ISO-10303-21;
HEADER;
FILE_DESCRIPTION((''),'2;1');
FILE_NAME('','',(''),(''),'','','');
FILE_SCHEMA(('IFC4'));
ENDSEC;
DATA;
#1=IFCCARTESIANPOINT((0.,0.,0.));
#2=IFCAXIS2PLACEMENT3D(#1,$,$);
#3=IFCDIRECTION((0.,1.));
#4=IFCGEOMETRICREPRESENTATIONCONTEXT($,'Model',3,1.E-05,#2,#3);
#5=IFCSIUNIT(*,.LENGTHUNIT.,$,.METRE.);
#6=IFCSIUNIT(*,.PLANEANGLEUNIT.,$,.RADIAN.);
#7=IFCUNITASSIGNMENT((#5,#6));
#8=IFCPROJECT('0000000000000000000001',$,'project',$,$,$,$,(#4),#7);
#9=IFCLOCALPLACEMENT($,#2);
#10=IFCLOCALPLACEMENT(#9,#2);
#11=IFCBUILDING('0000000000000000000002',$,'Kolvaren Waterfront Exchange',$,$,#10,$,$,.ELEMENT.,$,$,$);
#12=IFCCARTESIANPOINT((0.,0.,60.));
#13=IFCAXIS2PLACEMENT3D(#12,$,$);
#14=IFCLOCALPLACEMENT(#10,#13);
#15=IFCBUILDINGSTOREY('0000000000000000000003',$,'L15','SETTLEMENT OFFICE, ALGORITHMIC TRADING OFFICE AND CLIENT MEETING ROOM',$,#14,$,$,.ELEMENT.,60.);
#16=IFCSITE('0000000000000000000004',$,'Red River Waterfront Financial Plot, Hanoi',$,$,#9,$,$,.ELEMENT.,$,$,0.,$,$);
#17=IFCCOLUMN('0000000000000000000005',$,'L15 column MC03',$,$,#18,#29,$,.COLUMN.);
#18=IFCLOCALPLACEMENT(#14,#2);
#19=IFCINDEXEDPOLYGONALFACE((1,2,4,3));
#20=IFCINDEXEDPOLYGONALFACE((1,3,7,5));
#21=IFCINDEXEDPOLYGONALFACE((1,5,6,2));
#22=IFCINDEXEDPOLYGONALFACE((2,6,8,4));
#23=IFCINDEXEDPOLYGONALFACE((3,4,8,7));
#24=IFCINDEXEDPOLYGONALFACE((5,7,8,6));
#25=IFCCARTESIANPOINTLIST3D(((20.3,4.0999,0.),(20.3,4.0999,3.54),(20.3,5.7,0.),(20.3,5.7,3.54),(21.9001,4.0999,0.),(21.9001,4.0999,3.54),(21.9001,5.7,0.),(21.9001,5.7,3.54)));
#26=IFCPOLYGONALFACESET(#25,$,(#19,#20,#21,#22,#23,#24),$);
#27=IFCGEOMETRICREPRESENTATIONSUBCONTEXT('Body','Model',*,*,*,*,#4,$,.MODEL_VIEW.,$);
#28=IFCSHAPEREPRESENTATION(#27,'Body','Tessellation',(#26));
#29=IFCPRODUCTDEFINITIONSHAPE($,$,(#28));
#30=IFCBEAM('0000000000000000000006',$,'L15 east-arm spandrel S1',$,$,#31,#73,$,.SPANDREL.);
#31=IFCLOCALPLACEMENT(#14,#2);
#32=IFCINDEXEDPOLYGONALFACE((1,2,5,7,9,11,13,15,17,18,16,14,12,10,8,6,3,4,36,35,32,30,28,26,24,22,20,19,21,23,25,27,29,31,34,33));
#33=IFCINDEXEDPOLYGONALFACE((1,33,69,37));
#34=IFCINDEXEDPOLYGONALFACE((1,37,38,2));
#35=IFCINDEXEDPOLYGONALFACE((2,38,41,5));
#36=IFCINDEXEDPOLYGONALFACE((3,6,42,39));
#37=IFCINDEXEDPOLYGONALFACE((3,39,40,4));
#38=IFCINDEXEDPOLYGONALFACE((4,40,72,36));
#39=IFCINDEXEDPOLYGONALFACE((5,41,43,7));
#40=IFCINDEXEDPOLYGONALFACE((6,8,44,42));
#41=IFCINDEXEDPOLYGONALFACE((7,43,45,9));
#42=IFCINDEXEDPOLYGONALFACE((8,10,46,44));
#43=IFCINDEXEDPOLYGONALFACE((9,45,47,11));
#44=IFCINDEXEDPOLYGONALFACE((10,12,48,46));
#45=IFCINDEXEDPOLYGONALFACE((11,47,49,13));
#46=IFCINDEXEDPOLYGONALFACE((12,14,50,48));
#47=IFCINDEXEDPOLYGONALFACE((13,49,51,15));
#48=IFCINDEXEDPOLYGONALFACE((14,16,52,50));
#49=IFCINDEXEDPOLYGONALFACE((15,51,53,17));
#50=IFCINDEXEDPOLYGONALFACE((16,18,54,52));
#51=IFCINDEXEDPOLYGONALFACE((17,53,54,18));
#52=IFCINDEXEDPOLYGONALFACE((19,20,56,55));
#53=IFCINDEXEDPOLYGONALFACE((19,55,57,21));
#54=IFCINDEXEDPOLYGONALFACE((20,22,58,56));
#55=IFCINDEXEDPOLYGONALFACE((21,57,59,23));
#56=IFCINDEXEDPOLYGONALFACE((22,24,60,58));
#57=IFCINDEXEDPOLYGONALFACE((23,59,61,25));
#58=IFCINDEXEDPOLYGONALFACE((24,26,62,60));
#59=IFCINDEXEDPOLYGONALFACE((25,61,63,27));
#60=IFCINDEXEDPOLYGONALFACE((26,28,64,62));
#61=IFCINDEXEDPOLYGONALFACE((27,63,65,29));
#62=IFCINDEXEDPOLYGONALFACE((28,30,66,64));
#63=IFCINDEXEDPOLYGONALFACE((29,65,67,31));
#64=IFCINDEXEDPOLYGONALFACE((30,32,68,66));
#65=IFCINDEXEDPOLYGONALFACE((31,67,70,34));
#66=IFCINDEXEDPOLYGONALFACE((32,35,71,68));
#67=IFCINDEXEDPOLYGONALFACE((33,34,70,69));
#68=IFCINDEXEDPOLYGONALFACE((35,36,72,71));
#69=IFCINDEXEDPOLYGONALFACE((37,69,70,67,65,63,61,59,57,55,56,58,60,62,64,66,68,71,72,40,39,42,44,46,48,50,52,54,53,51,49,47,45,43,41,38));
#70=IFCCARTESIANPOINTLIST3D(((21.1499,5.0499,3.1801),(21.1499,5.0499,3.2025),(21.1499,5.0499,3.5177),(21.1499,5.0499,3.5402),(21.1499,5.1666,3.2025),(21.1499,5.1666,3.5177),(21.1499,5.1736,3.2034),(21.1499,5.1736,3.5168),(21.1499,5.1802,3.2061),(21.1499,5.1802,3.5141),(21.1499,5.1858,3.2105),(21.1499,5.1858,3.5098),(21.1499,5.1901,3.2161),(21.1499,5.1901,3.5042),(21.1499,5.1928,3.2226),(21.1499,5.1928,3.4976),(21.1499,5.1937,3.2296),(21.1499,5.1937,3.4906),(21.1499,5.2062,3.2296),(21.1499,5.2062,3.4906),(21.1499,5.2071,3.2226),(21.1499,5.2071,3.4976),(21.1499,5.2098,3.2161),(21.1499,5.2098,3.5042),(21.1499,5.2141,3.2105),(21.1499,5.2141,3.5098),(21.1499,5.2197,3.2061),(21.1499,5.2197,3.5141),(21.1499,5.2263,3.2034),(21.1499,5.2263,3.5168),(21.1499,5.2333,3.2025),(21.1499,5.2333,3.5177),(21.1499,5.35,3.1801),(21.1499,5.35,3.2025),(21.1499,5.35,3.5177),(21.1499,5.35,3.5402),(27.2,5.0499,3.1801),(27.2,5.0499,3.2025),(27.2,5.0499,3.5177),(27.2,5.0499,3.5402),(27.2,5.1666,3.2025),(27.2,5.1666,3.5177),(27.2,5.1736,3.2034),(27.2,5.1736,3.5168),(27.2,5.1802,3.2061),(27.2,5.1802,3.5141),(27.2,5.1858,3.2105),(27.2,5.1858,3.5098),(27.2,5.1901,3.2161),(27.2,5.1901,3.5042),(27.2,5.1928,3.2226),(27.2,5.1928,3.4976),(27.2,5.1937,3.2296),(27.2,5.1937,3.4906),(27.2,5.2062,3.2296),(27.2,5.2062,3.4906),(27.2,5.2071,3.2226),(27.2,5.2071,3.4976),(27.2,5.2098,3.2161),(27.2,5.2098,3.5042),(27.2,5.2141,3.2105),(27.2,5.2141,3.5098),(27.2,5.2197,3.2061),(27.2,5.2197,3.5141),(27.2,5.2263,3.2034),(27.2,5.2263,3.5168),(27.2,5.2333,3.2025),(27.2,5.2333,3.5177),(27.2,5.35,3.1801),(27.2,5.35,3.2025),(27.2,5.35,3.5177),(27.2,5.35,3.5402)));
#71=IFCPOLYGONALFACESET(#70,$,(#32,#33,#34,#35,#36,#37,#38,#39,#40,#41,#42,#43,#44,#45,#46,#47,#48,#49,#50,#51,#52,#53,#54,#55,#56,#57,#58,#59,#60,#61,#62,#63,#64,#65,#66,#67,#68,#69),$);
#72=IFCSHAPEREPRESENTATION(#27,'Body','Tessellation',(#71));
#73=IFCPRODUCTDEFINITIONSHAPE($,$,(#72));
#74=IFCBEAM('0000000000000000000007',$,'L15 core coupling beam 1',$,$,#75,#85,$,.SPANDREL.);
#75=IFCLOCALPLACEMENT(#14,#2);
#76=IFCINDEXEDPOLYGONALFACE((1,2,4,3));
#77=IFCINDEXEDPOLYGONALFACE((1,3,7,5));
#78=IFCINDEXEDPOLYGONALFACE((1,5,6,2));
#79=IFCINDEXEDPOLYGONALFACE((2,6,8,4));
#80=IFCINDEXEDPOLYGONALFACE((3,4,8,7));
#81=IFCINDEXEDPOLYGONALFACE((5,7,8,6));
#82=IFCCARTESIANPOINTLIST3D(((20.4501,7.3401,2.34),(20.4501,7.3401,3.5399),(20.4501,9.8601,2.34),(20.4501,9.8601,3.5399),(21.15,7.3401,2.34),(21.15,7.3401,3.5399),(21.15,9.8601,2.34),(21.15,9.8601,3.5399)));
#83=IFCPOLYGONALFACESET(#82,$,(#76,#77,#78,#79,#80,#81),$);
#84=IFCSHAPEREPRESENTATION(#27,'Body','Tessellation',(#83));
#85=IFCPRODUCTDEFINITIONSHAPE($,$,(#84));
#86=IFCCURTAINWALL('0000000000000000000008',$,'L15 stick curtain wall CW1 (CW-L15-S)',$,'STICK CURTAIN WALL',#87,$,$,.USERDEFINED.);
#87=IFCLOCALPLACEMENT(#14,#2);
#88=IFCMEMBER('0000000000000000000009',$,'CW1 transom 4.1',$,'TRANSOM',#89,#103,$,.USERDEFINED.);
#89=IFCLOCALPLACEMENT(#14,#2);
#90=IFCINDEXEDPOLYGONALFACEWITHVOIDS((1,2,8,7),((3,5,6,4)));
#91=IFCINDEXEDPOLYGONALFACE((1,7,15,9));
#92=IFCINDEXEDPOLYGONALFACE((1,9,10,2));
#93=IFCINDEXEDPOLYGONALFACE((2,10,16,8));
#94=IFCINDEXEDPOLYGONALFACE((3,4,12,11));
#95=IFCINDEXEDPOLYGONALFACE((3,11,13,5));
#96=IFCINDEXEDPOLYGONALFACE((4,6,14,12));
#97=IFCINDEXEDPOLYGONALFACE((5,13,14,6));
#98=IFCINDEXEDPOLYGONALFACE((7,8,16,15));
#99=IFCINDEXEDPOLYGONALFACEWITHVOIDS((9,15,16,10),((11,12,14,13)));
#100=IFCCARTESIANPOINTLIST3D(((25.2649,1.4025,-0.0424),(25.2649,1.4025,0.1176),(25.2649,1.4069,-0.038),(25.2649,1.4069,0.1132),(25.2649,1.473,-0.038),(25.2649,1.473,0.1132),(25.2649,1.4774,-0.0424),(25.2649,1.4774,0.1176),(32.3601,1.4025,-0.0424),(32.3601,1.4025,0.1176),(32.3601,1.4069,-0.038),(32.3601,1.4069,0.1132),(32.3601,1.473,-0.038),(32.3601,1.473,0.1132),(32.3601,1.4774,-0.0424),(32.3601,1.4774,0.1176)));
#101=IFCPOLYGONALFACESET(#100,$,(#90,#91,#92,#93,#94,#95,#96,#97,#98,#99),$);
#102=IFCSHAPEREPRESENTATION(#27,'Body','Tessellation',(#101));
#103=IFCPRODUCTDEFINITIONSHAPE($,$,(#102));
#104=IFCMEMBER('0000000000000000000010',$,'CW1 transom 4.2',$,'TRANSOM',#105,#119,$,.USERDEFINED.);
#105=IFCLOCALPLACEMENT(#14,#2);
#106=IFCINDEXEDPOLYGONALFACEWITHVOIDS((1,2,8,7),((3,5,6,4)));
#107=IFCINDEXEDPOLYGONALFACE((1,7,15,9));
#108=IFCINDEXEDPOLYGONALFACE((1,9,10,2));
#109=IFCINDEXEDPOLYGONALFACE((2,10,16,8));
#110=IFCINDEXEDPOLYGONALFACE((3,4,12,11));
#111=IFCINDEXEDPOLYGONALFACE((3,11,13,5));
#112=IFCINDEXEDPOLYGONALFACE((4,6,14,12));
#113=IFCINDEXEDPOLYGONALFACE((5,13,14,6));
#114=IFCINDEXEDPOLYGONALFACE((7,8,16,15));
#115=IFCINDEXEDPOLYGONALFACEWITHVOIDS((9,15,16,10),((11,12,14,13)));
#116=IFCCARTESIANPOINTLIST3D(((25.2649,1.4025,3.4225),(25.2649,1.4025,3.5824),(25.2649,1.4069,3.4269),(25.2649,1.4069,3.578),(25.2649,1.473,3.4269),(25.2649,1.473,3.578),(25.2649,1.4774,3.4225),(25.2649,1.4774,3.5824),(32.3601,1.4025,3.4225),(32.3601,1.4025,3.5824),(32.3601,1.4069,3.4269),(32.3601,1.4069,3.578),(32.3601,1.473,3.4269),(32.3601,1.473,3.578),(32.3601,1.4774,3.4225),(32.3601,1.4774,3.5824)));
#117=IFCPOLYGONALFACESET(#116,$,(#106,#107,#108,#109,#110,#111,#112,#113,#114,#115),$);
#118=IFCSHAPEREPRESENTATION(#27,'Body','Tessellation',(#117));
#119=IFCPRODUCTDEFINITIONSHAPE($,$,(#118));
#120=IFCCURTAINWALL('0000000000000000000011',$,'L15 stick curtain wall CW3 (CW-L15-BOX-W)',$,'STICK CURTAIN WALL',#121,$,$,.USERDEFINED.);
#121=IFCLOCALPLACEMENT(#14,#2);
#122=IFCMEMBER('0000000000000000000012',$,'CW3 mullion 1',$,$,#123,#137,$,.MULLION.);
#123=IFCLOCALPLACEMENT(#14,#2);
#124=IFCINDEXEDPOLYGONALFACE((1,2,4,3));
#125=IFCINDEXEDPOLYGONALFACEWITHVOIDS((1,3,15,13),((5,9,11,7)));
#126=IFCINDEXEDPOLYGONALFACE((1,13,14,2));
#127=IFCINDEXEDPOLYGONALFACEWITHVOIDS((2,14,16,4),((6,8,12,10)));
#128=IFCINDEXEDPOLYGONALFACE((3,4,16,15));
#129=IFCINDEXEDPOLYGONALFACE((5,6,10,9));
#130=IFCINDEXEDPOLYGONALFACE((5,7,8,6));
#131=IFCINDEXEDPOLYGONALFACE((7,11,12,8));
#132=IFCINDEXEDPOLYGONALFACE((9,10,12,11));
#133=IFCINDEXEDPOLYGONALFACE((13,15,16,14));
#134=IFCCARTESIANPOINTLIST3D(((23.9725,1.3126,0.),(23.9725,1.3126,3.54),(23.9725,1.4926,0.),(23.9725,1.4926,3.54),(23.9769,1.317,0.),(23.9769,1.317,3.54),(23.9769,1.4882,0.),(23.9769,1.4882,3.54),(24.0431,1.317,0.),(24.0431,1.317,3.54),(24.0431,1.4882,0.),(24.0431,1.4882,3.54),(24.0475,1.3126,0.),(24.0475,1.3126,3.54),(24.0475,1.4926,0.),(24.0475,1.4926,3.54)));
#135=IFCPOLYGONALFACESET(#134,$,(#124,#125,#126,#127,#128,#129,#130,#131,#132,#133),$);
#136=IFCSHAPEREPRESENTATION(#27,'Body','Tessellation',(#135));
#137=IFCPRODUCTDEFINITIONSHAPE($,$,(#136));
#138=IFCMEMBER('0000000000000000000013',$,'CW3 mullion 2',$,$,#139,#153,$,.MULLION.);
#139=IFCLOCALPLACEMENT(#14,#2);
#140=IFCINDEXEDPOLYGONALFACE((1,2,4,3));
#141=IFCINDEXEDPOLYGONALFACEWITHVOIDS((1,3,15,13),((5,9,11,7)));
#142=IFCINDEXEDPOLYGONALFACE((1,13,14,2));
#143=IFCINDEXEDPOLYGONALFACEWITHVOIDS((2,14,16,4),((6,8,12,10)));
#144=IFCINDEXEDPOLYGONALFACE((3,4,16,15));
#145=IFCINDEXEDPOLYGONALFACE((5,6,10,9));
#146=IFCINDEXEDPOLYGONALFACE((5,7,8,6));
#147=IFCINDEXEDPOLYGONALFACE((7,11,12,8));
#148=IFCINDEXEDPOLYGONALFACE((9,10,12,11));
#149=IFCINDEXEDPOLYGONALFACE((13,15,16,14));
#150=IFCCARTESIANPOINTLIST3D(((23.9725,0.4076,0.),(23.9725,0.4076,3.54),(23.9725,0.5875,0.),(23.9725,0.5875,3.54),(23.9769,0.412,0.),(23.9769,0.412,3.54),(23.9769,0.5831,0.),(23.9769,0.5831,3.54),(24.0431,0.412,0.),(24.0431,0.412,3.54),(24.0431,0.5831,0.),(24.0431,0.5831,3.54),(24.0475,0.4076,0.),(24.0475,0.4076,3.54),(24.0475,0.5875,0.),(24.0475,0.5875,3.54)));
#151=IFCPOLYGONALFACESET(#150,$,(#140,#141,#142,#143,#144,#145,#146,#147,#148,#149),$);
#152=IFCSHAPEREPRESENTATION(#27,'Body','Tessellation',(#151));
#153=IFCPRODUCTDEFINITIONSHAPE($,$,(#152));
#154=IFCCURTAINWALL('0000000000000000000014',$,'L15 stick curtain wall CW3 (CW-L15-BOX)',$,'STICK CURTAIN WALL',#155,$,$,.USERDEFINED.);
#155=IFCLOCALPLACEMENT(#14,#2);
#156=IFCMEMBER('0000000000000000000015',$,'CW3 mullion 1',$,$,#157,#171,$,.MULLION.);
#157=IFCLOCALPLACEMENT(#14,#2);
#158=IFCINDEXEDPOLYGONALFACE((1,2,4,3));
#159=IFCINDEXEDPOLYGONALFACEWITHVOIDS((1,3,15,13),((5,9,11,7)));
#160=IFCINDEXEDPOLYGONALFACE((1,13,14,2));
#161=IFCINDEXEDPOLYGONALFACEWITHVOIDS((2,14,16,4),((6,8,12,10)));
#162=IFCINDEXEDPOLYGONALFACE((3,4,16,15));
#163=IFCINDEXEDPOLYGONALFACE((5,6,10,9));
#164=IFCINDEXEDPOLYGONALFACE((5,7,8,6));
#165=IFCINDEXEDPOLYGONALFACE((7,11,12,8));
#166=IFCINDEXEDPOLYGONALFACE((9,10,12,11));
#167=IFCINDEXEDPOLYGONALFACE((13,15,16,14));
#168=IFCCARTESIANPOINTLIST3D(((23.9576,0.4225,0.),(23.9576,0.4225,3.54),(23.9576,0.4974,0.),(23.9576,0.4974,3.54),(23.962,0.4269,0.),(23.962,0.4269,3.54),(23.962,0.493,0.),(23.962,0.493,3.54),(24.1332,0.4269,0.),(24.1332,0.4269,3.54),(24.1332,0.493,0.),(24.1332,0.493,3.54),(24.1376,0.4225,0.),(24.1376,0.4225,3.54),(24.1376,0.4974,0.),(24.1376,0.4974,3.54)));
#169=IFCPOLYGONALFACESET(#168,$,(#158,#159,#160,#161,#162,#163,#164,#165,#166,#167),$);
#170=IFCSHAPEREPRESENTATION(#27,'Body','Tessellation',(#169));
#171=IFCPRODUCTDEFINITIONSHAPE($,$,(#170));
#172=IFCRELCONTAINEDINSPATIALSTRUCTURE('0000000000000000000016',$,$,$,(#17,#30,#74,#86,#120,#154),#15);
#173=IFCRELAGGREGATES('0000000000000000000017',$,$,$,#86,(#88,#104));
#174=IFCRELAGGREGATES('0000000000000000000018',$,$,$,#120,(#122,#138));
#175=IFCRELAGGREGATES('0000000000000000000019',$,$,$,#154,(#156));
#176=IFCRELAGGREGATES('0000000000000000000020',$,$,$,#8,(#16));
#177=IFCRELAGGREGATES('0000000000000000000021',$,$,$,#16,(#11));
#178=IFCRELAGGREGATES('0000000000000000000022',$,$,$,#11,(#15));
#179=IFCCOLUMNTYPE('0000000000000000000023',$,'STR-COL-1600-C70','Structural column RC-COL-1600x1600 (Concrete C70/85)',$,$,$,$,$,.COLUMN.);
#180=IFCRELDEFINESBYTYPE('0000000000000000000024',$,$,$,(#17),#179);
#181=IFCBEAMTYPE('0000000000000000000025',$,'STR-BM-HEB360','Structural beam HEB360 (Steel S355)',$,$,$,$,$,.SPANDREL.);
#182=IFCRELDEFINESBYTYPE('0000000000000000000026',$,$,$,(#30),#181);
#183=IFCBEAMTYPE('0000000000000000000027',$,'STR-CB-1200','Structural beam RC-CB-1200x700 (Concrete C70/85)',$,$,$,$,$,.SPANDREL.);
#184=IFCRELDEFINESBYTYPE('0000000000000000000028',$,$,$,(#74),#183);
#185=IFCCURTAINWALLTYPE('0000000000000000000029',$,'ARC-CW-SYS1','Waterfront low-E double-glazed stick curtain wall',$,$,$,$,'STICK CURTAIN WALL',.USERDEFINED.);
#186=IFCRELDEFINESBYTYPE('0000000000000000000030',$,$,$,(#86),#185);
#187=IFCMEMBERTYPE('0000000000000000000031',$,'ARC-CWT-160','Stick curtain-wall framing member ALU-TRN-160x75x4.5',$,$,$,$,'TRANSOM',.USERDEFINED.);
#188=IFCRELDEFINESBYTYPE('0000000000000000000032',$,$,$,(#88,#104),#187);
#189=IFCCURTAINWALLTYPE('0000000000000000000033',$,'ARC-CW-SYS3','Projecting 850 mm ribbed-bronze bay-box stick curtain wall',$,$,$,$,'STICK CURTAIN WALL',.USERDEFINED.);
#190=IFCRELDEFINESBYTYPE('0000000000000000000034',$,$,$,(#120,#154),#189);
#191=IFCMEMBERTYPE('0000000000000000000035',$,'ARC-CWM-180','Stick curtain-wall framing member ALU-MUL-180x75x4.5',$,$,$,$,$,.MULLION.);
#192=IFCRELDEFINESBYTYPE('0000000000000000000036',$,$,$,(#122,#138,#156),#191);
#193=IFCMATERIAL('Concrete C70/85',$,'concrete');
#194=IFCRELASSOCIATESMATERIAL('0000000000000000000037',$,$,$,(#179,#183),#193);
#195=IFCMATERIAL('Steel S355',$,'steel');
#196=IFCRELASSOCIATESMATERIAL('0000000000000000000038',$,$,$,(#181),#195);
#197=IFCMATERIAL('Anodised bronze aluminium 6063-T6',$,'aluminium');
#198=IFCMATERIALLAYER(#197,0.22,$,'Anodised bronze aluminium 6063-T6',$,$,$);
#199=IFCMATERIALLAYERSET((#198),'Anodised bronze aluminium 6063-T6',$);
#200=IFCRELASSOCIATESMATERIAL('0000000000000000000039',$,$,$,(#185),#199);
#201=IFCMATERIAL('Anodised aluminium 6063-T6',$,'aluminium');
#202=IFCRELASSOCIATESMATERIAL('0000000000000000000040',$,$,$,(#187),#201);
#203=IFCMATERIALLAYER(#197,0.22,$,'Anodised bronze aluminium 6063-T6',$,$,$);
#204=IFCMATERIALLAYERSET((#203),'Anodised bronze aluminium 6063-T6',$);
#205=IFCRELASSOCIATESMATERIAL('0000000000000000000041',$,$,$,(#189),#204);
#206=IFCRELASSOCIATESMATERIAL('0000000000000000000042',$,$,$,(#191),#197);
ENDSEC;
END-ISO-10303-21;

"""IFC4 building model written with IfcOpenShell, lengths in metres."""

from ifc_helpers import new_model, si_unit, direction, frame, origin, origin_with_axes, origin_2d, place, context, subcontext, project, spatial, rectangle, hollow_rectangle, i_section, extrude, source, transform, mapped, material, layer, layer_set, material_profile, profile_set, type_object, element, aggregate, save


model = new_model("IFC4")

# Units and contexts
model_context = context("Model", 3, precision=1e-05, world=origin(), true_north=direction((0.0, 1.0)))
body_context = subcontext(model_context, "Body", "Model", "MODEL_VIEW")
ifc_project = project(units=[si_unit("LENGTHUNIT", "METRE"), si_unit("PLANEANGLEUNIT", "RADIAN")], contexts=[model_context])

# Site, building, storey
site_placement = place(None, origin())
site = spatial("IfcSite", under=ifc_project, at=site_placement, Name="Red River Waterfront Financial Plot, Hanoi", CompositionType="ELEMENT", RefElevation=0.0)
building_placement = place(site_placement, origin())
building = spatial("IfcBuilding", under=site, at=building_placement, Name="Kolvaren Waterfront Exchange", CompositionType="ELEMENT")
storey_placement = place(building_placement, frame((0.0, 0.0, 60.0)))
storey = spatial("IfcBuildingStorey", under=building, at=storey_placement, Name="L15", Description="SETTLEMENT OFFICE, ALGORITHMIC TRADING OFFICE AND CLIENT MEETING ROOM", CompositionType="ELEMENT", Elevation=60.0)

# Column
ifc_material_1 = material(Name="Concrete C70/85", Category="concrete")
ifc_material_profile_1 = material_profile(ifc_material_1, rectangle(XDim=1.6001, YDim=1.6001, at=origin_2d()), Name="RC-COL-1600x1600")
ifc_profile_set_1 = profile_set([ifc_material_profile_1], Name="Concrete C70/85")
column_type = type_object("IfcColumnType", Name="STR-COL-1600-C70", Description="Structural column RC-COL-1600x1600 (Concrete C70/85)", PredefinedType="COLUMN", material=ifc_profile_set_1)
column_placement = place(storey_placement, frame((21.1001, 4.8999, 0.0), z_axis=(0.0, 0.0, 1.0), x_axis=(1.0, 0.0, 0.0)))
element("IfcColumn", 1, at=column_placement, inside=storey, type_object=column_type, Name="L15 column MC03", PredefinedType="COLUMN", context=body_context, shape_type="SweptSolid", body=[
    extrude(rectangle(XDim=1.6001, YDim=1.6001, at=origin_2d()), origin(), (0.0, 0.0, 1.0), 3.54),
])

# Beams
ifc_material_2 = material(Name="Steel S355", Category="steel")
ifc_material_profile_2 = material_profile(ifc_material_2, i_section(OverallWidth=0.3, OverallDepth=0.3601, WebThickness=0.0125, FlangeThickness=0.0225, FilletRadius=0.0271, at=origin_2d()), Name="HEB360")
ifc_profile_set_2 = profile_set([ifc_material_profile_2], Name="Steel S355")
beam_type_1 = type_object("IfcBeamType", Name="STR-BM-HEB360", Description="Structural beam HEB360 (Steel S355)", PredefinedType="SPANDREL", material=ifc_profile_set_2)
beam_1_placement = place(storey_placement, frame((21.1499, 5.2, 3.3601), z_axis=(1.0, 0.0, 0.0), x_axis=(0.0, 1.0, 0.0)))
element("IfcBeam", 2, at=beam_1_placement, inside=storey, type_object=beam_type_1, Name="L15 east-arm spandrel S1", PredefinedType="SPANDREL", context=body_context, shape_type="SweptSolid", body=[
    extrude(i_section(OverallWidth=0.3, OverallDepth=0.3601, WebThickness=0.0125, FlangeThickness=0.0225, FilletRadius=0.0271, at=origin_2d()), origin(), (0.0, 0.0, 1.0), 6.05),
])
ifc_material_profile_3 = material_profile(ifc_material_1, rectangle(XDim=0.7, YDim=1.2, at=origin_2d()), Name="RC-CB-1200x700")
ifc_profile_set_3 = profile_set([ifc_material_profile_3], Name="Concrete C70/85")
beam_type_2 = type_object("IfcBeamType", Name="STR-CB-1200", Description="Structural beam RC-CB-1200x700 (Concrete C70/85)", PredefinedType="SPANDREL", material=ifc_profile_set_3)
beam_2_placement = place(storey_placement, frame((20.8, 7.3401, 2.9399), z_axis=(0.0, 1.0, 0.0), x_axis=(-1.0, 0.0, 0.0)))
element("IfcBeam", 3, at=beam_2_placement, inside=storey, type_object=beam_type_2, Name="L15 core coupling beam 1", PredefinedType="SPANDREL", context=body_context, shape_type="SweptSolid", body=[
    extrude(rectangle(XDim=0.7, YDim=1.2, at=origin_2d()), origin(), (0.0, 0.0, 1.0), 2.52),
])

# Curtain walls, members
ifc_material_3 = material(Name="Anodised bronze aluminium 6063-T6", Category="aluminium")
ifc_layer_1 = layer(ifc_material_3, 0.22, Name="Anodised bronze aluminium 6063-T6")
ifc_layer_set_1 = layer_set([ifc_layer_1], Name="Anodised bronze aluminium 6063-T6")
curtain_wall_type_1 = type_object("IfcCurtainWallType", Name="ARC-CW-SYS1", Description="Waterfront low-E double-glazed stick curtain wall", ElementType="STICK CURTAIN WALL", PredefinedType="USERDEFINED", material=ifc_layer_set_1)
curtain_wall_1_placement = place(storey_placement, origin())
curtain_wall_1 = element("IfcCurtainWall", 4, at=curtain_wall_1_placement, inside=storey, type_object=curtain_wall_type_1, Name="L15 stick curtain wall CW1 (CW-L15-S)", ObjectType="STICK CURTAIN WALL", PredefinedType="USERDEFINED")
ifc_material_4 = material(Name="Anodised aluminium 6063-T6", Category="aluminium")
ifc_material_profile_4 = material_profile(ifc_material_4, hollow_rectangle(XDim=0.075, YDim=0.1599, WallThickness=0.0044, at=origin_2d()), Name="ALU-TRN-160x75x4.5")
ifc_profile_set_4 = profile_set([ifc_material_profile_4], Name="Anodised aluminium 6063-T6")
member_type_1 = type_object("IfcMemberType", Name="ARC-CWT-160", Description="Stick curtain-wall framing member ALU-TRN-160x75x4.5", ElementType="TRANSOM", PredefinedType="USERDEFINED", material=ifc_profile_set_4)
shared_shape_1 = source(origin_with_axes(), body_context, "Body", "SweptSolid", [
    extrude(hollow_rectangle(XDim=0.075, YDim=0.1599, WallThickness=0.0044, at=origin_2d()), origin(), (0.0, 0.0, 1.0), 7.0952),
])
member_1_placement = place(storey_placement, frame((25.2649, 1.4399, 0.0376), z_axis=(1.0, 0.0, 0.0), x_axis=(0.0, 1.0, 0.0)))
member_1 = element("IfcMember", 5, at=member_1_placement, type_object=member_type_1, Name="CW1 transom 4.1", ObjectType="TRANSOM", PredefinedType="USERDEFINED", context=body_context, shape_type="MappedRepresentation", body=[
    mapped(shared_shape_1, transform((0.0, 0.0, 0.0), x_axis=(1.0, 0.0, 0.0), y_axis=(0.0, 1.0, 0.0), z_axis=(0.0, 0.0, 1.0), scale=1.0)),
])
member_2_placement = place(storey_placement, frame((25.2649, 1.4399, 3.5024), z_axis=(1.0, 0.0, 0.0), x_axis=(0.0, 1.0, 0.0)))
member_2 = element("IfcMember", 6, at=member_2_placement, type_object=member_type_1, Name="CW1 transom 4.2", ObjectType="TRANSOM", PredefinedType="USERDEFINED", context=body_context, shape_type="MappedRepresentation", body=[
    mapped(shared_shape_1, transform((0.0, 0.0, 0.0), x_axis=(1.0, 0.0, 0.0), y_axis=(0.0, 1.0, 0.0), z_axis=(0.0, 0.0, 1.0), scale=1.0)),
])
ifc_layer_2 = layer(ifc_material_3, 0.22, Name="Anodised bronze aluminium 6063-T6")
ifc_layer_set_2 = layer_set([ifc_layer_2], Name="Anodised bronze aluminium 6063-T6")
curtain_wall_type_2 = type_object("IfcCurtainWallType", Name="ARC-CW-SYS3", Description="Projecting 850 mm ribbed-bronze bay-box stick curtain wall", ElementType="STICK CURTAIN WALL", PredefinedType="USERDEFINED", material=ifc_layer_set_2)
curtain_wall_2_placement = place(storey_placement, origin())
curtain_wall_2 = element("IfcCurtainWall", 7, at=curtain_wall_2_placement, inside=storey, type_object=curtain_wall_type_2, Name="L15 stick curtain wall CW3 (CW-L15-BOX-W)", ObjectType="STICK CURTAIN WALL", PredefinedType="USERDEFINED")
ifc_material_profile_5 = material_profile(ifc_material_3, hollow_rectangle(XDim=0.075, YDim=0.1799, WallThickness=0.0044, at=origin_2d()), Name="ALU-MUL-180x75x4.5")
ifc_profile_set_5 = profile_set([ifc_material_profile_5], Name="Anodised bronze aluminium 6063-T6")
member_type_2 = type_object("IfcMemberType", Name="ARC-CWM-180", Description="Stick curtain-wall framing member ALU-MUL-180x75x4.5", PredefinedType="MULLION", material=ifc_profile_set_5)
shared_shape_2 = source(origin_with_axes(), body_context, "Body", "SweptSolid", [
    extrude(hollow_rectangle(XDim=0.075, YDim=0.1799, WallThickness=0.0044, at=origin_2d()), origin(), (0.0, 0.0, 1.0), 3.54),
])
member_3_placement = place(storey_placement, frame((24.01, 1.4026, 0.0), z_axis=(0.0, 0.0, 1.0), x_axis=(1.0, 0.0, 0.0)))
member_3 = element("IfcMember", 8, at=member_3_placement, type_object=member_type_2, Name="CW3 mullion 1", PredefinedType="MULLION", context=body_context, shape_type="MappedRepresentation", body=[
    mapped(shared_shape_2, transform((0.0, 0.0, 0.0), x_axis=(1.0, 0.0, 0.0), y_axis=(0.0, 1.0, 0.0), z_axis=(0.0, 0.0, 1.0), scale=1.0)),
])
member_4_placement = place(storey_placement, frame((24.01, 0.4976, 0.0), z_axis=(0.0, 0.0, 1.0), x_axis=(1.0, 0.0, 0.0)))
member_4 = element("IfcMember", 9, at=member_4_placement, type_object=member_type_2, Name="CW3 mullion 2", PredefinedType="MULLION", context=body_context, shape_type="MappedRepresentation", body=[
    mapped(shared_shape_2, transform((0.0, 0.0, 0.0), x_axis=(1.0, 0.0, 0.0), y_axis=(0.0, 1.0, 0.0), z_axis=(0.0, 0.0, 1.0), scale=1.0)),
])

# Curtain wall, member
curtain_wall_3_placement = place(storey_placement, origin())
curtain_wall_3 = element("IfcCurtainWall", 10, at=curtain_wall_3_placement, inside=storey, type_object=curtain_wall_type_2, Name="L15 stick curtain wall CW3 (CW-L15-BOX)", ObjectType="STICK CURTAIN WALL", PredefinedType="USERDEFINED")
member_5_placement = place(storey_placement, frame((24.0476, 0.46, 0.0), z_axis=(0.0, 0.0, 1.0), x_axis=(0.0, 1.0, 0.0)))
member_5 = element("IfcMember", 11, at=member_5_placement, type_object=member_type_2, Name="CW3 mullion 1", PredefinedType="MULLION", context=body_context, shape_type="MappedRepresentation", body=[
    mapped(shared_shape_2, transform((0.0, 0.0, 0.0), x_axis=(1.0, 0.0, 0.0), y_axis=(0.0, 1.0, 0.0), z_axis=(0.0, 0.0, 1.0), scale=1.0)),
])

aggregate(curtain_wall_1, [member_1, member_2])
aggregate(curtain_wall_2, [member_3, member_4])
aggregate(curtain_wall_3, [member_5])

save(model, "model.ifc")
